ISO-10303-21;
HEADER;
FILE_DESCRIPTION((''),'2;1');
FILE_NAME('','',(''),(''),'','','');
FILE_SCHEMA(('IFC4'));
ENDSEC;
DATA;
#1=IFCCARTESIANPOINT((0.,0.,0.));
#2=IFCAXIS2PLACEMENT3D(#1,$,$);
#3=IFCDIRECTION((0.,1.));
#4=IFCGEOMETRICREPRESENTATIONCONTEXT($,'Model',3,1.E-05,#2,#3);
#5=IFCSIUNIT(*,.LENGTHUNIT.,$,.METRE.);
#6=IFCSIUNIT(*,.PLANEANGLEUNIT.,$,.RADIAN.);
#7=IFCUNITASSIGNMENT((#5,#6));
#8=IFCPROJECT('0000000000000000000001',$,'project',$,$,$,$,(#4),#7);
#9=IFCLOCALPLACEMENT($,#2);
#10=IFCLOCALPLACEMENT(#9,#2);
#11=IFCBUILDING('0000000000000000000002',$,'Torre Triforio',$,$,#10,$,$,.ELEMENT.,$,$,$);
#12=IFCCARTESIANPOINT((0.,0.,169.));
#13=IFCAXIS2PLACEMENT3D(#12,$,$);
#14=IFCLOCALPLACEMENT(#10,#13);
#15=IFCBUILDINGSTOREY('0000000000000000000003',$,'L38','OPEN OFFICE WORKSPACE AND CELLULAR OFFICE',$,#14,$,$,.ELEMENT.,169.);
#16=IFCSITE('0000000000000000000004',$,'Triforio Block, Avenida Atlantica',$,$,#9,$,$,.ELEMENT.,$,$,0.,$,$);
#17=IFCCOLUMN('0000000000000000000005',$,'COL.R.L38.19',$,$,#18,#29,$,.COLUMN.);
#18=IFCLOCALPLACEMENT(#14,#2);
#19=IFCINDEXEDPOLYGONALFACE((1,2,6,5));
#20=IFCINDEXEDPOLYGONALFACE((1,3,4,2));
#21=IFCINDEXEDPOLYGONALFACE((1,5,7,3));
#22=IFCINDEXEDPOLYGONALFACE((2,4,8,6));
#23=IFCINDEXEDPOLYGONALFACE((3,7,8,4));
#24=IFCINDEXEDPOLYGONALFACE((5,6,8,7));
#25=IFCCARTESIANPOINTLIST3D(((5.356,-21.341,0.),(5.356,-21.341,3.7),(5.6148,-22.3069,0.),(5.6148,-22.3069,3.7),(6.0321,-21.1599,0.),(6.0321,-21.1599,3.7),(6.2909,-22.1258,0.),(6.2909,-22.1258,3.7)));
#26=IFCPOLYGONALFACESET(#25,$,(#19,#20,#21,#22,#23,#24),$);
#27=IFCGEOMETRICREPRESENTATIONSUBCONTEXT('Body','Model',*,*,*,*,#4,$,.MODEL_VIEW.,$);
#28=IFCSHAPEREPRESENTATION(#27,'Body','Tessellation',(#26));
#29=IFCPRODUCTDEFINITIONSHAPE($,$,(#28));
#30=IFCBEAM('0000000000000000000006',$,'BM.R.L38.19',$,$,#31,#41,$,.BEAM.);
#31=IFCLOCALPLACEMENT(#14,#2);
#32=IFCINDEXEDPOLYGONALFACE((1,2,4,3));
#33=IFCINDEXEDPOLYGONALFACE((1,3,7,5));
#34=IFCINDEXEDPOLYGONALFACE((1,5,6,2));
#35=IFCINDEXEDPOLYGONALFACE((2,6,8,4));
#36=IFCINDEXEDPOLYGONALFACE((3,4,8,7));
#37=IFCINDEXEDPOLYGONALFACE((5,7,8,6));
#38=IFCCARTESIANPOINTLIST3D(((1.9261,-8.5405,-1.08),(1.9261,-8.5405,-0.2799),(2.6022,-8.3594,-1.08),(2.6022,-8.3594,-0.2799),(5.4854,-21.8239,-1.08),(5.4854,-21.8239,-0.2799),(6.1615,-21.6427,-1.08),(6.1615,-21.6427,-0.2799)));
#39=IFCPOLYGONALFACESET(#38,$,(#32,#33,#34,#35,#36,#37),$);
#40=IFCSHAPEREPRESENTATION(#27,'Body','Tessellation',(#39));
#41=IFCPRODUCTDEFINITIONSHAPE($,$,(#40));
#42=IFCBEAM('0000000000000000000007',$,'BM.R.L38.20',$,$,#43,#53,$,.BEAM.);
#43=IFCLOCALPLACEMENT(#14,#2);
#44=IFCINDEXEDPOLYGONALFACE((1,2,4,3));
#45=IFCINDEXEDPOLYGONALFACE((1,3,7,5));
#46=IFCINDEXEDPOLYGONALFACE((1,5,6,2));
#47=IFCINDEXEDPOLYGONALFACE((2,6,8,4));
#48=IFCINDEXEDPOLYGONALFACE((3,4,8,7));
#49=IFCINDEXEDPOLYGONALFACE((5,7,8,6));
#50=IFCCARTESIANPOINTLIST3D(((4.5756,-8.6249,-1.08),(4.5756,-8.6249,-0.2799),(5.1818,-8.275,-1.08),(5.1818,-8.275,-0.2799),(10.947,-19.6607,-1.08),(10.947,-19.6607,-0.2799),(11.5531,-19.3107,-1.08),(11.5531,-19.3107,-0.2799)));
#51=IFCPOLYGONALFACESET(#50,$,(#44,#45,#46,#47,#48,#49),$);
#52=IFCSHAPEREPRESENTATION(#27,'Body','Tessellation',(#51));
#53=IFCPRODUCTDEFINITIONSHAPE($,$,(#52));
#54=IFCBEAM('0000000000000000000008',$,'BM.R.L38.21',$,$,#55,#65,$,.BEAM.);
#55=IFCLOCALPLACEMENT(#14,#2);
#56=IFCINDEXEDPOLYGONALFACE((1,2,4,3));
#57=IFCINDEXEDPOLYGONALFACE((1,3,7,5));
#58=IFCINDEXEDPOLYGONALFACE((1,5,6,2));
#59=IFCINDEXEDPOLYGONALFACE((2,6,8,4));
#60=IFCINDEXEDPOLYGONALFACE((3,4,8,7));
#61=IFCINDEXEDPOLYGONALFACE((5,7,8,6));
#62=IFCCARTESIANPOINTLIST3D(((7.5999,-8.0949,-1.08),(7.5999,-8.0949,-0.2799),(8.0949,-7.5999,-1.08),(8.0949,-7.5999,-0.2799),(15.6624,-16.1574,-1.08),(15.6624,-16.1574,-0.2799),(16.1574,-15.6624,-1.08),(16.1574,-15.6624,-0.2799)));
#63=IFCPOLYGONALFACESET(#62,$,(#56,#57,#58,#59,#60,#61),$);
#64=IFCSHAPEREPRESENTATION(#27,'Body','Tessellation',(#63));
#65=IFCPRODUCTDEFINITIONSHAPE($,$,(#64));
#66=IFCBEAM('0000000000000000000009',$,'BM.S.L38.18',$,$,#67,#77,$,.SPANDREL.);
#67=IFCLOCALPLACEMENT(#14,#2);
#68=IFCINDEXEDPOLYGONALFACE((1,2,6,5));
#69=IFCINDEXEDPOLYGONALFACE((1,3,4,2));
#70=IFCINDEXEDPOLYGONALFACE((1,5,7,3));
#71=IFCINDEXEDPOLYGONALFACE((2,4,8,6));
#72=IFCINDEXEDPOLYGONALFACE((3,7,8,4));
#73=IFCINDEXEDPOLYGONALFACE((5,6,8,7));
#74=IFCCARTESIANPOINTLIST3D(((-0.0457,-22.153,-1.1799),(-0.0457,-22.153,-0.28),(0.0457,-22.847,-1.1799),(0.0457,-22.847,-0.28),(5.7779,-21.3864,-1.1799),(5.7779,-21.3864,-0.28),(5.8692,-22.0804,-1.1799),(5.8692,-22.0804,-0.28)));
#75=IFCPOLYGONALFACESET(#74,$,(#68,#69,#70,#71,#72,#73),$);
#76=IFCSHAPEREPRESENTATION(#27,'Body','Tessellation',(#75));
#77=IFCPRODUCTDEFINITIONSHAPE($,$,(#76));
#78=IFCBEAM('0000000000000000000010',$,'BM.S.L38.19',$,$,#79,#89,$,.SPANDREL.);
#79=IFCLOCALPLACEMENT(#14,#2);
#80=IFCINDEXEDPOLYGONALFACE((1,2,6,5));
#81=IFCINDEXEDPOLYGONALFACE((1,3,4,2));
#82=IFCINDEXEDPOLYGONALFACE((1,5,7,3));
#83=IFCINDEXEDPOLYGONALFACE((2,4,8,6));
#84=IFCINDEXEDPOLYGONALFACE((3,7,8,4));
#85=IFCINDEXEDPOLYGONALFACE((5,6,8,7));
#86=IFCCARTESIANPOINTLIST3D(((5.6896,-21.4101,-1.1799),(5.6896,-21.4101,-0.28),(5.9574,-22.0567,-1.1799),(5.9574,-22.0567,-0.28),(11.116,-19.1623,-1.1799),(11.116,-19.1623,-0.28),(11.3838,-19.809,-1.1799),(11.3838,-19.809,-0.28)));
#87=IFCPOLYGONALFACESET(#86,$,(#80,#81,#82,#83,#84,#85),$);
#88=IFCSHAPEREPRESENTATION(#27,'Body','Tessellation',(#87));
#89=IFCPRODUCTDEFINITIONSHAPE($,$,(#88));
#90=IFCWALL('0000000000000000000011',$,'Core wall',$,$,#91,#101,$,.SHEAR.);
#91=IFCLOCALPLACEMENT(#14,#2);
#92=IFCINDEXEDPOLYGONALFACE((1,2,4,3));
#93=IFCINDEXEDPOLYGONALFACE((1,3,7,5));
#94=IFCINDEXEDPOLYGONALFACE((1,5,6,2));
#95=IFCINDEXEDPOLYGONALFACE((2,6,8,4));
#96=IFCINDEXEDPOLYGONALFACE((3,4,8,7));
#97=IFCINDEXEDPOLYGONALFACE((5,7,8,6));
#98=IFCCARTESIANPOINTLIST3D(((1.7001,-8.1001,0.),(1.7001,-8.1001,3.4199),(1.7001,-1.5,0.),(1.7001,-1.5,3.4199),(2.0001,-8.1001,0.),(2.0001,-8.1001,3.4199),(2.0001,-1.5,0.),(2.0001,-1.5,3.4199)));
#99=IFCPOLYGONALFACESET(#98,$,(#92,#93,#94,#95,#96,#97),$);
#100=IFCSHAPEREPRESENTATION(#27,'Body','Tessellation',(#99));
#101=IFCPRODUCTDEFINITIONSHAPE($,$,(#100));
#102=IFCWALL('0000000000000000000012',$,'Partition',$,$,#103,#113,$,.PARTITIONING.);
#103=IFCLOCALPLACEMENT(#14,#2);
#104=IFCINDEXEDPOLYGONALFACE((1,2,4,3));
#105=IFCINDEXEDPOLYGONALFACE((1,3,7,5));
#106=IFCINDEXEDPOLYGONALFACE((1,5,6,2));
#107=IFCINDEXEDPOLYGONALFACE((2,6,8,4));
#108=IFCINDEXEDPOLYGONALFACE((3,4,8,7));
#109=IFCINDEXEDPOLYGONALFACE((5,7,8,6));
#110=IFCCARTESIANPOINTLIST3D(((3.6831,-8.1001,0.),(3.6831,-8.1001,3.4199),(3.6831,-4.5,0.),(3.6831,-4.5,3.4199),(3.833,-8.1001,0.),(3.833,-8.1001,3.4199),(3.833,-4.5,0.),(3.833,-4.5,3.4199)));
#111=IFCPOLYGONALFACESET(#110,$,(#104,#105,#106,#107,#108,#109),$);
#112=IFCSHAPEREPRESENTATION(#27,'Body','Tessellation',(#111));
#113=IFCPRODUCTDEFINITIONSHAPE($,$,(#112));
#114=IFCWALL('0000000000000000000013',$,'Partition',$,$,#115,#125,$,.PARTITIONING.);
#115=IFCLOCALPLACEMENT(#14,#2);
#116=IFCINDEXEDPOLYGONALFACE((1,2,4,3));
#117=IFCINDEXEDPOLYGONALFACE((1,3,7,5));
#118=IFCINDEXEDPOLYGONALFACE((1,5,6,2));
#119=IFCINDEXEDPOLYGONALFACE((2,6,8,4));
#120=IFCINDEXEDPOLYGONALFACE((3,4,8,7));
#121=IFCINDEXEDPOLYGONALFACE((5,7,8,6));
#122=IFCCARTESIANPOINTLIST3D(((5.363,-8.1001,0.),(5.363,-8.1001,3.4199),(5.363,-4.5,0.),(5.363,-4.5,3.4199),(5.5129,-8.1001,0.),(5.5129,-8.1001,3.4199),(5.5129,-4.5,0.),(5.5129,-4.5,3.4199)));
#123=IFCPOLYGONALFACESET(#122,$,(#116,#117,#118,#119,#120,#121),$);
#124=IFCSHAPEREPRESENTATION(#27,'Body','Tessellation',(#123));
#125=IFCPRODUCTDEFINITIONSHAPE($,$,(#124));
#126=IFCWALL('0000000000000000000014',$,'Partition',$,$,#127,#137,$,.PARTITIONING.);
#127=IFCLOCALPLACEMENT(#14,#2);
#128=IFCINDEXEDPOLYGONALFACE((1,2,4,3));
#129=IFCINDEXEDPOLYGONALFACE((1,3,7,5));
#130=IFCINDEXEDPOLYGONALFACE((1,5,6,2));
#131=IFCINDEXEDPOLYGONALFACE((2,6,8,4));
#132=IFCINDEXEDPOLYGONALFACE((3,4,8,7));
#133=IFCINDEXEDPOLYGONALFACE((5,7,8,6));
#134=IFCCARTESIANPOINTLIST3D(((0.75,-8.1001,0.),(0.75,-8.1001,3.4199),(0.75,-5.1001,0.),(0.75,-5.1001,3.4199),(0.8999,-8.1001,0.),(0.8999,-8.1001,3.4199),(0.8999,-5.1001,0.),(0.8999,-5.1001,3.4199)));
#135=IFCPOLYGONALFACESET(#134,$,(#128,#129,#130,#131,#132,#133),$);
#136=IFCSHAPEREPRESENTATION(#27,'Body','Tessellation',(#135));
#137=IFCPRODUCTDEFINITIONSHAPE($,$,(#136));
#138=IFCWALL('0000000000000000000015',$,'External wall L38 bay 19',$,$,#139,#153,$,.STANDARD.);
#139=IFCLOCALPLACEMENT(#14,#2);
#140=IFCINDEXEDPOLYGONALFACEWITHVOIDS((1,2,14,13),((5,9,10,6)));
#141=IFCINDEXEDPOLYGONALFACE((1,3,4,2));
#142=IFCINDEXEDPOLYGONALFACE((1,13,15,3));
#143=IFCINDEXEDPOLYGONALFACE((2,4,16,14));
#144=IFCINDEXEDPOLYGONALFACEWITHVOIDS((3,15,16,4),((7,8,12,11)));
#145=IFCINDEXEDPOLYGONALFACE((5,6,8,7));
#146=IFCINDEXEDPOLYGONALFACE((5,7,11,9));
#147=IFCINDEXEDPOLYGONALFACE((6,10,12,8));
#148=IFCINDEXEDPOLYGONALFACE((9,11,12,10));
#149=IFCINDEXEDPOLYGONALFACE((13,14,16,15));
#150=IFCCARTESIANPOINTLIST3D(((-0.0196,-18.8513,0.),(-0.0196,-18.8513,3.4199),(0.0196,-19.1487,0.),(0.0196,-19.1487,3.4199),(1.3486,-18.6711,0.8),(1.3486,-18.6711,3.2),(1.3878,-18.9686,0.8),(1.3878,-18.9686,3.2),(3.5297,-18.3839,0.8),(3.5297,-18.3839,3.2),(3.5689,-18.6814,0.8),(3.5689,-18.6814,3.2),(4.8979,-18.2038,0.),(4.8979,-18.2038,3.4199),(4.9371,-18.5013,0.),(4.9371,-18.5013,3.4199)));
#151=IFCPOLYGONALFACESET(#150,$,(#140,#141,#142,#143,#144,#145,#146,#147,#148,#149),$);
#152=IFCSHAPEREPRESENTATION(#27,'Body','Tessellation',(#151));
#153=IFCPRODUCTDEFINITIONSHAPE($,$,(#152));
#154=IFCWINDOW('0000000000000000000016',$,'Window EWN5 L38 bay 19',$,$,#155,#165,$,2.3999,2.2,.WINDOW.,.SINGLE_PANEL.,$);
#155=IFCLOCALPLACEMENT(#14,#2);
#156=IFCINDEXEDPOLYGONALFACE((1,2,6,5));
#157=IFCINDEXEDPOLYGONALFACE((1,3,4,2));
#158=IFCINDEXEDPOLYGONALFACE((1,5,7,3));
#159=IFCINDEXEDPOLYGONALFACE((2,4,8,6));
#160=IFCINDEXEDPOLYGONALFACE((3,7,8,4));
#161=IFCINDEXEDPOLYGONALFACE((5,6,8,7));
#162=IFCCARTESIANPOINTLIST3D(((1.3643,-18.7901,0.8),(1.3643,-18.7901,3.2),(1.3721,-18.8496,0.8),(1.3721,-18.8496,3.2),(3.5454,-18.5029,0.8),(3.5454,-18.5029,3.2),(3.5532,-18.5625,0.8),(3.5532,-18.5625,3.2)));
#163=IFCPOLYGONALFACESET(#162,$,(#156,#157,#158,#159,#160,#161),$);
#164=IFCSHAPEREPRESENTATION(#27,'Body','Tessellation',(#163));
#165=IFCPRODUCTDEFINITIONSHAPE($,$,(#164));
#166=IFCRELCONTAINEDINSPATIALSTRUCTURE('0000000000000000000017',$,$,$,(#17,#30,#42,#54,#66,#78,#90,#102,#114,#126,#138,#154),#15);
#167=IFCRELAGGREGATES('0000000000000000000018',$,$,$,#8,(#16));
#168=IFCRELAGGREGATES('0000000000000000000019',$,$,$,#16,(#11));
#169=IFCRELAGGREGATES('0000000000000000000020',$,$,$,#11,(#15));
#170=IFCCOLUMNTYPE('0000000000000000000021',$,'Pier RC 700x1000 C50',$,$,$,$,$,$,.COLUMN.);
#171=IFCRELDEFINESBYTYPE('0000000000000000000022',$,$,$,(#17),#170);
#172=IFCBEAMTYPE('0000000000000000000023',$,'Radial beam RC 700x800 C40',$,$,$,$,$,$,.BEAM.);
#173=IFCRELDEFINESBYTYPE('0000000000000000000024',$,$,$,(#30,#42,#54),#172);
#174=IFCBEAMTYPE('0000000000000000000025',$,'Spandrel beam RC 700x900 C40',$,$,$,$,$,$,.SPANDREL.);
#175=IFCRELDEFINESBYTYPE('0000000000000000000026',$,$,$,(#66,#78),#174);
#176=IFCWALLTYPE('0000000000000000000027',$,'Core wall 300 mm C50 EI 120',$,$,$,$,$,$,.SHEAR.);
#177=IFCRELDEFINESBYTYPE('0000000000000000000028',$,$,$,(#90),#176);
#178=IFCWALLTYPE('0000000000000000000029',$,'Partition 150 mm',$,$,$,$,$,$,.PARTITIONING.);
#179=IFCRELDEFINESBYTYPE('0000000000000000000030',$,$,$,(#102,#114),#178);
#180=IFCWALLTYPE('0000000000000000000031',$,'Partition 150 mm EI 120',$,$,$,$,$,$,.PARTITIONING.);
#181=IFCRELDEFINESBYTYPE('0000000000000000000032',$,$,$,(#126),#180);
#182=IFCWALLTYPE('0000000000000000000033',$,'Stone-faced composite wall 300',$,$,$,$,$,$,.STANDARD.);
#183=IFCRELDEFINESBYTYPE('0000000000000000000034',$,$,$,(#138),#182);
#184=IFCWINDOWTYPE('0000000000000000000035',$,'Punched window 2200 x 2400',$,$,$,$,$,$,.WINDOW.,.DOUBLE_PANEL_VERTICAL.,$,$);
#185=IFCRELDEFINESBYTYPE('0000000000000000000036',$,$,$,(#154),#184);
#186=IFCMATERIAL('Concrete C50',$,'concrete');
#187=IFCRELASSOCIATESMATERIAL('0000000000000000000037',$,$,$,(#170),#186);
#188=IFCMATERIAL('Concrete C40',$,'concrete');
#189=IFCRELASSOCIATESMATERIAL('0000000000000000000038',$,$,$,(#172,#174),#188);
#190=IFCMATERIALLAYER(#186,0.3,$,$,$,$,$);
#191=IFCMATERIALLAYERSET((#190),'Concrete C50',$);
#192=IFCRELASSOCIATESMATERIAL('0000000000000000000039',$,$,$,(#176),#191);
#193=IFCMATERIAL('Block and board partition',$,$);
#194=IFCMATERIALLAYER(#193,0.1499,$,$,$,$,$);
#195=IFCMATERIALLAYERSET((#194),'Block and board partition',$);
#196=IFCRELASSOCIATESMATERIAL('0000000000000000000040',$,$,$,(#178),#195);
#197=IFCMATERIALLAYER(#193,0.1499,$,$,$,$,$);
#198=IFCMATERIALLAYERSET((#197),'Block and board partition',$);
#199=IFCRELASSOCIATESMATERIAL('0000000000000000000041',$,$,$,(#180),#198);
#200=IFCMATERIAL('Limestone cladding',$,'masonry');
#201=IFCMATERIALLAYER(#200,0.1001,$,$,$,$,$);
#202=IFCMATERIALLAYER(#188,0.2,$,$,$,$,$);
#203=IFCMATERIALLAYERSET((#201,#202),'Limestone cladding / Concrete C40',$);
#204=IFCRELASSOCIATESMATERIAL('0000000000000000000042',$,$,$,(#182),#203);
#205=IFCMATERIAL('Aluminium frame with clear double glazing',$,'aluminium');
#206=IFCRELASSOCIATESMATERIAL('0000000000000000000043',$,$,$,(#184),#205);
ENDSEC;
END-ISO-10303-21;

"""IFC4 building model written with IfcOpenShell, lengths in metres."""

from ifc_helpers import new_model, si_unit, direction, frame, frame_2d, origin, origin_2d, place, context, subcontext, project, spatial, rectangle, extrude, material, layer, layer_set, material_profile, profile_set, type_object, element, fill, save


model = new_model("IFC4")

# Units and contexts
model_context = context("Model", 3, precision=1e-05, world=origin(), true_north=direction((0.0, 1.0)))
body_context = subcontext(model_context, "Body", "Model", "MODEL_VIEW")
ifc_project = project(units=[si_unit("LENGTHUNIT", "METRE"), si_unit("PLANEANGLEUNIT", "RADIAN")], contexts=[model_context])

# Site, building, storey
site_placement = place(None, origin())
site = spatial("IfcSite", under=ifc_project, at=site_placement, Name="Triforio Block, Avenida Atlantica", CompositionType="ELEMENT", RefElevation=0.0)
building_placement = place(site_placement, origin())
building = spatial("IfcBuilding", under=site, at=building_placement, Name="Torre Triforio", CompositionType="ELEMENT")
storey_placement = place(building_placement, frame((0.0, 0.0, 169.0)))
storey = spatial("IfcBuildingStorey", under=building, at=storey_placement, Name="L38", Description="OPEN OFFICE WORKSPACE AND CELLULAR OFFICE", CompositionType="ELEMENT", Elevation=169.0)

# Column
ifc_material_1 = material(Name="Concrete C50", Category="concrete")
ifc_material_profile_1 = material_profile(ifc_material_1, rectangle(XDim=0.7, YDim=1.0, at=origin_2d()), Name="RC 700x1000")
ifc_profile_set_1 = profile_set([ifc_material_profile_1], Name="Concrete C50")
column_type = type_object("IfcColumnType", Name="Pier RC 700x1000 C50", PredefinedType="COLUMN", material=ifc_profile_set_1)
column_placement = place(storey_placement, frame((5.8235, -21.7334, 0.0), z_axis=(0.0, 0.0, 1.0), x_axis=(0.965926, 0.258819, 0.0)))
element("IfcColumn", 1, at=column_placement, inside=storey, type_object=column_type, Name="COL.R.L38.19", PredefinedType="COLUMN", context=body_context, shape_type="SweptSolid", body=[
    extrude(rectangle(XDim=0.7, YDim=1.0, at=origin_2d()), origin(), (0.0, 0.0, 1.0), 3.7),
])

# Beams
ifc_material_2 = material(Name="Concrete C40", Category="concrete")
ifc_material_profile_2 = material_profile(ifc_material_2, rectangle(XDim=0.7, YDim=0.8, at=origin_2d()), Name="RC 700x800")
ifc_profile_set_2 = profile_set([ifc_material_profile_2], Name="Concrete C40")
beam_type_1 = type_object("IfcBeamType", Name="Radial beam RC 700x800 C40", PredefinedType="BEAM", material=ifc_profile_set_2)
beam_1_placement = place(storey_placement, frame((2.2642, -8.45, -0.6799), z_axis=(0.258822, -0.965925, 0.0), x_axis=(0.965925, 0.258822, 0.0)))
element("IfcBeam", 2, at=beam_1_placement, inside=storey, type_object=beam_type_1, Name="BM.R.L38.19", PredefinedType="BEAM", context=body_context, shape_type="SweptSolid", body=[
    extrude(rectangle(XDim=0.7, YDim=0.8, at=origin_2d()), origin(), (0.0, 0.0, 1.0), 13.752),
])
beam_2_placement = place(storey_placement, frame((4.8787, -8.45, -0.6799), z_axis=(0.499994, -0.866029, 0.0), x_axis=(0.866029, 0.499994, 0.0)))
element("IfcBeam", 3, at=beam_2_placement, inside=storey, type_object=beam_type_1, Name="BM.R.L38.20", PredefinedType="BEAM", context=body_context, shape_type="SweptSolid", body=[
    extrude(rectangle(XDim=0.7, YDim=0.8, at=origin_2d()), origin(), (0.0, 0.0, 1.0), 12.7429),
])
beam_3_placement = place(storey_placement, frame((7.8474, -7.8474, -0.6799), z_axis=(0.707107, -0.707107, 0.0), x_axis=(0.707107, 0.707107, 0.0)))
element("IfcBeam", 4, at=beam_3_placement, inside=storey, type_object=beam_type_1, Name="BM.R.L38.21", PredefinedType="BEAM", context=body_context, shape_type="SweptSolid", body=[
    extrude(rectangle(XDim=0.7, YDim=0.8, at=origin_2d()), origin(), (0.0, 0.0, 1.0), 11.4021),
])
ifc_material_profile_3 = material_profile(ifc_material_2, rectangle(XDim=0.7, YDim=0.8999, at=origin_2d()), Name="RC 700x900")
ifc_profile_set_3 = profile_set([ifc_material_profile_3], Name="Concrete C40")
beam_type_2 = type_object("IfcBeamType", Name="Spandrel beam RC 700x900 C40", PredefinedType="SPANDREL", material=ifc_profile_set_3)
beam_4_placement = place(storey_placement, frame((0.0, -22.5, -0.73), z_axis=(0.991447, 0.130514, 0.0), x_axis=(-0.130514, 0.991447, 0.0)))
element("IfcBeam", 5, at=beam_4_placement, inside=storey, type_object=beam_type_2, Name="BM.S.L38.18", PredefinedType="SPANDREL", context=body_context, shape_type="SweptSolid", body=[
    extrude(rectangle(XDim=0.7, YDim=0.8999, at=origin_2d()), origin(), (0.0, 0.0, 1.0), 5.8738),
])
beam_5_placement = place(storey_placement, frame((5.8235, -21.7334, -0.73), z_axis=(0.923875, 0.382693, 0.0), x_axis=(-0.382693, 0.923875, 0.0)))
element("IfcBeam", 6, at=beam_5_placement, inside=storey, type_object=beam_type_2, Name="BM.S.L38.19", PredefinedType="SPANDREL", context=body_context, shape_type="SweptSolid", body=[
    extrude(rectangle(XDim=0.7, YDim=0.8999, at=origin_2d()), origin(), (0.0, 0.0, 1.0), 5.8735),
])

# Walls
ifc_layer_1 = layer(ifc_material_1, 0.3)
ifc_layer_set_1 = layer_set([ifc_layer_1], Name="Concrete C50")
wall_type_1 = type_object("IfcWallType", Name="Core wall 300 mm C50 EI 120", PredefinedType="SHEAR", material=ifc_layer_set_1)
wall_1_placement = place(storey_placement, frame((1.8501, -8.1001, 0.0), z_axis=(0.0, 0.0, 1.0), x_axis=(0.0, 1.0, 0.0)))
element("IfcWall", 7, at=wall_1_placement, inside=storey, type_object=wall_type_1, Name="Core wall", PredefinedType="SHEAR", context=body_context, shape_type="SweptSolid", body=[
    extrude(rectangle(XDim=6.6001, YDim=0.3, at=frame_2d((3.3, 0.0))), origin(), (0.0, 0.0, 1.0), 3.4199),
])
ifc_material_3 = material(Name="Block and board partition")
ifc_layer_2 = layer(ifc_material_3, 0.1499)
ifc_layer_set_2 = layer_set([ifc_layer_2], Name="Block and board partition")
wall_type_2 = type_object("IfcWallType", Name="Partition 150 mm", PredefinedType="PARTITIONING", material=ifc_layer_set_2)
for number, where, z_axis, x_axis, name in (
    (8, (3.7581, -8.1001, 0.0), (0.0, 0.0, 1.0), (0.0, 1.0, 0.0), "Partition"),
    (9, (5.438, -8.1001, 0.0), (0.0, 0.0, 1.0), (0.0, 1.0, 0.0), "Partition"),
):
    element("IfcWall", number, at=place(storey_placement, frame(where, z_axis=z_axis, x_axis=x_axis)), inside=storey, type_object=wall_type_2, Name=name, PredefinedType="PARTITIONING", context=body_context, shape_type="SweptSolid", body=[
        extrude(rectangle(XDim=3.6001, YDim=0.1499, at=frame_2d((1.8, 0.0))), origin(), (0.0, 0.0, 1.0), 3.4199),
    ])
ifc_layer_3 = layer(ifc_material_3, 0.1499)
ifc_layer_set_3 = layer_set([ifc_layer_3], Name="Block and board partition")
wall_type_3 = type_object("IfcWallType", Name="Partition 150 mm EI 120", PredefinedType="PARTITIONING", material=ifc_layer_set_3)
wall_2_placement = place(storey_placement, frame((0.825, -8.1001, 0.0), z_axis=(0.0, 0.0, 1.0), x_axis=(0.0, 1.0, 0.0)))
element("IfcWall", 10, at=wall_2_placement, inside=storey, type_object=wall_type_3, Name="Partition", PredefinedType="PARTITIONING", context=body_context, shape_type="SweptSolid", body=[
    extrude(rectangle(XDim=3.0, YDim=0.1499, at=frame_2d((1.5, 0.0))), origin(), (0.0, 0.0, 1.0), 3.4199),
])

# Wall, opening, window
ifc_material_4 = material(Name="Limestone cladding", Category="masonry")
ifc_layer_4 = layer(ifc_material_4, 0.1001)
ifc_layer_5 = layer(ifc_material_2, 0.2)
ifc_layer_set_4 = layer_set([ifc_layer_4, ifc_layer_5], Name="Limestone cladding / Concrete C40")
wall_type_4 = type_object("IfcWallType", Name="Stone-faced composite wall 300", PredefinedType="STANDARD", material=ifc_layer_set_4)
wall_3_placement = place(storey_placement, frame((0.0, -19.0, 0.0), z_axis=(0.0, 0.0, 1.0), x_axis=(0.991443, 0.130539, 0.0)))
wall_3 = element("IfcWall", 11, at=wall_3_placement, inside=storey, type_object=wall_type_4, Name="External wall L38 bay 19", PredefinedType="STANDARD", context=body_context, shape_type="SweptSolid", body=[
    extrude(rectangle(XDim=4.96, YDim=0.3, at=frame_2d((2.48, 0.0))), origin(), (0.0, 0.0, 1.0), 3.4199),
])
opening_1_placement = place(wall_3_placement, frame((1.3799, 0.0, 0.8)))
opening_1 = element("IfcOpeningElement", 12, at=opening_1_placement, cuts=wall_3, PredefinedType="OPENING", context=body_context, shape_type="SweptSolid", body=[
    extrude(rectangle(XDim=2.2, YDim=2.3999, at=frame_2d((1.1001, 1.2))), frame((0.0, 0.1599, 0.0), z_axis=(0.0, -1.0, 0.0), x_axis=(1.0, 0.0, 0.0)), (0.0, 0.0, 1.0), 0.3201),
])
ifc_material_5 = material(Name="Aluminium frame with clear double glazing", Category="aluminium")
window_type_1 = type_object("IfcWindowType", Name="Punched window 2200 x 2400", PartitioningType="DOUBLE_PANEL_VERTICAL", PredefinedType="WINDOW", material=ifc_material_5)
window_1_placement = place(opening_1_placement, origin())
window_1 = element("IfcWindow", 13, at=window_1_placement, inside=storey, type_object=window_type_1, Name="Window EWN5 L38 bay 19", OverallHeight=2.3999, OverallWidth=2.2, PartitioningType="SINGLE_PANEL", PredefinedType="WINDOW", context=body_context, shape_type="SweptSolid", body=[
    extrude(rectangle(XDim=2.2, YDim=2.3999, at=frame_2d((1.1001, 1.2))), frame((0.0, 0.03, 0.0), z_axis=(0.0, -1.0, 0.0), x_axis=(1.0, 0.0, 0.0)), (0.0, 0.0, 1.0), 0.0601),
])
fill(opening_1, window_1)

save(model, "model.ifc")
